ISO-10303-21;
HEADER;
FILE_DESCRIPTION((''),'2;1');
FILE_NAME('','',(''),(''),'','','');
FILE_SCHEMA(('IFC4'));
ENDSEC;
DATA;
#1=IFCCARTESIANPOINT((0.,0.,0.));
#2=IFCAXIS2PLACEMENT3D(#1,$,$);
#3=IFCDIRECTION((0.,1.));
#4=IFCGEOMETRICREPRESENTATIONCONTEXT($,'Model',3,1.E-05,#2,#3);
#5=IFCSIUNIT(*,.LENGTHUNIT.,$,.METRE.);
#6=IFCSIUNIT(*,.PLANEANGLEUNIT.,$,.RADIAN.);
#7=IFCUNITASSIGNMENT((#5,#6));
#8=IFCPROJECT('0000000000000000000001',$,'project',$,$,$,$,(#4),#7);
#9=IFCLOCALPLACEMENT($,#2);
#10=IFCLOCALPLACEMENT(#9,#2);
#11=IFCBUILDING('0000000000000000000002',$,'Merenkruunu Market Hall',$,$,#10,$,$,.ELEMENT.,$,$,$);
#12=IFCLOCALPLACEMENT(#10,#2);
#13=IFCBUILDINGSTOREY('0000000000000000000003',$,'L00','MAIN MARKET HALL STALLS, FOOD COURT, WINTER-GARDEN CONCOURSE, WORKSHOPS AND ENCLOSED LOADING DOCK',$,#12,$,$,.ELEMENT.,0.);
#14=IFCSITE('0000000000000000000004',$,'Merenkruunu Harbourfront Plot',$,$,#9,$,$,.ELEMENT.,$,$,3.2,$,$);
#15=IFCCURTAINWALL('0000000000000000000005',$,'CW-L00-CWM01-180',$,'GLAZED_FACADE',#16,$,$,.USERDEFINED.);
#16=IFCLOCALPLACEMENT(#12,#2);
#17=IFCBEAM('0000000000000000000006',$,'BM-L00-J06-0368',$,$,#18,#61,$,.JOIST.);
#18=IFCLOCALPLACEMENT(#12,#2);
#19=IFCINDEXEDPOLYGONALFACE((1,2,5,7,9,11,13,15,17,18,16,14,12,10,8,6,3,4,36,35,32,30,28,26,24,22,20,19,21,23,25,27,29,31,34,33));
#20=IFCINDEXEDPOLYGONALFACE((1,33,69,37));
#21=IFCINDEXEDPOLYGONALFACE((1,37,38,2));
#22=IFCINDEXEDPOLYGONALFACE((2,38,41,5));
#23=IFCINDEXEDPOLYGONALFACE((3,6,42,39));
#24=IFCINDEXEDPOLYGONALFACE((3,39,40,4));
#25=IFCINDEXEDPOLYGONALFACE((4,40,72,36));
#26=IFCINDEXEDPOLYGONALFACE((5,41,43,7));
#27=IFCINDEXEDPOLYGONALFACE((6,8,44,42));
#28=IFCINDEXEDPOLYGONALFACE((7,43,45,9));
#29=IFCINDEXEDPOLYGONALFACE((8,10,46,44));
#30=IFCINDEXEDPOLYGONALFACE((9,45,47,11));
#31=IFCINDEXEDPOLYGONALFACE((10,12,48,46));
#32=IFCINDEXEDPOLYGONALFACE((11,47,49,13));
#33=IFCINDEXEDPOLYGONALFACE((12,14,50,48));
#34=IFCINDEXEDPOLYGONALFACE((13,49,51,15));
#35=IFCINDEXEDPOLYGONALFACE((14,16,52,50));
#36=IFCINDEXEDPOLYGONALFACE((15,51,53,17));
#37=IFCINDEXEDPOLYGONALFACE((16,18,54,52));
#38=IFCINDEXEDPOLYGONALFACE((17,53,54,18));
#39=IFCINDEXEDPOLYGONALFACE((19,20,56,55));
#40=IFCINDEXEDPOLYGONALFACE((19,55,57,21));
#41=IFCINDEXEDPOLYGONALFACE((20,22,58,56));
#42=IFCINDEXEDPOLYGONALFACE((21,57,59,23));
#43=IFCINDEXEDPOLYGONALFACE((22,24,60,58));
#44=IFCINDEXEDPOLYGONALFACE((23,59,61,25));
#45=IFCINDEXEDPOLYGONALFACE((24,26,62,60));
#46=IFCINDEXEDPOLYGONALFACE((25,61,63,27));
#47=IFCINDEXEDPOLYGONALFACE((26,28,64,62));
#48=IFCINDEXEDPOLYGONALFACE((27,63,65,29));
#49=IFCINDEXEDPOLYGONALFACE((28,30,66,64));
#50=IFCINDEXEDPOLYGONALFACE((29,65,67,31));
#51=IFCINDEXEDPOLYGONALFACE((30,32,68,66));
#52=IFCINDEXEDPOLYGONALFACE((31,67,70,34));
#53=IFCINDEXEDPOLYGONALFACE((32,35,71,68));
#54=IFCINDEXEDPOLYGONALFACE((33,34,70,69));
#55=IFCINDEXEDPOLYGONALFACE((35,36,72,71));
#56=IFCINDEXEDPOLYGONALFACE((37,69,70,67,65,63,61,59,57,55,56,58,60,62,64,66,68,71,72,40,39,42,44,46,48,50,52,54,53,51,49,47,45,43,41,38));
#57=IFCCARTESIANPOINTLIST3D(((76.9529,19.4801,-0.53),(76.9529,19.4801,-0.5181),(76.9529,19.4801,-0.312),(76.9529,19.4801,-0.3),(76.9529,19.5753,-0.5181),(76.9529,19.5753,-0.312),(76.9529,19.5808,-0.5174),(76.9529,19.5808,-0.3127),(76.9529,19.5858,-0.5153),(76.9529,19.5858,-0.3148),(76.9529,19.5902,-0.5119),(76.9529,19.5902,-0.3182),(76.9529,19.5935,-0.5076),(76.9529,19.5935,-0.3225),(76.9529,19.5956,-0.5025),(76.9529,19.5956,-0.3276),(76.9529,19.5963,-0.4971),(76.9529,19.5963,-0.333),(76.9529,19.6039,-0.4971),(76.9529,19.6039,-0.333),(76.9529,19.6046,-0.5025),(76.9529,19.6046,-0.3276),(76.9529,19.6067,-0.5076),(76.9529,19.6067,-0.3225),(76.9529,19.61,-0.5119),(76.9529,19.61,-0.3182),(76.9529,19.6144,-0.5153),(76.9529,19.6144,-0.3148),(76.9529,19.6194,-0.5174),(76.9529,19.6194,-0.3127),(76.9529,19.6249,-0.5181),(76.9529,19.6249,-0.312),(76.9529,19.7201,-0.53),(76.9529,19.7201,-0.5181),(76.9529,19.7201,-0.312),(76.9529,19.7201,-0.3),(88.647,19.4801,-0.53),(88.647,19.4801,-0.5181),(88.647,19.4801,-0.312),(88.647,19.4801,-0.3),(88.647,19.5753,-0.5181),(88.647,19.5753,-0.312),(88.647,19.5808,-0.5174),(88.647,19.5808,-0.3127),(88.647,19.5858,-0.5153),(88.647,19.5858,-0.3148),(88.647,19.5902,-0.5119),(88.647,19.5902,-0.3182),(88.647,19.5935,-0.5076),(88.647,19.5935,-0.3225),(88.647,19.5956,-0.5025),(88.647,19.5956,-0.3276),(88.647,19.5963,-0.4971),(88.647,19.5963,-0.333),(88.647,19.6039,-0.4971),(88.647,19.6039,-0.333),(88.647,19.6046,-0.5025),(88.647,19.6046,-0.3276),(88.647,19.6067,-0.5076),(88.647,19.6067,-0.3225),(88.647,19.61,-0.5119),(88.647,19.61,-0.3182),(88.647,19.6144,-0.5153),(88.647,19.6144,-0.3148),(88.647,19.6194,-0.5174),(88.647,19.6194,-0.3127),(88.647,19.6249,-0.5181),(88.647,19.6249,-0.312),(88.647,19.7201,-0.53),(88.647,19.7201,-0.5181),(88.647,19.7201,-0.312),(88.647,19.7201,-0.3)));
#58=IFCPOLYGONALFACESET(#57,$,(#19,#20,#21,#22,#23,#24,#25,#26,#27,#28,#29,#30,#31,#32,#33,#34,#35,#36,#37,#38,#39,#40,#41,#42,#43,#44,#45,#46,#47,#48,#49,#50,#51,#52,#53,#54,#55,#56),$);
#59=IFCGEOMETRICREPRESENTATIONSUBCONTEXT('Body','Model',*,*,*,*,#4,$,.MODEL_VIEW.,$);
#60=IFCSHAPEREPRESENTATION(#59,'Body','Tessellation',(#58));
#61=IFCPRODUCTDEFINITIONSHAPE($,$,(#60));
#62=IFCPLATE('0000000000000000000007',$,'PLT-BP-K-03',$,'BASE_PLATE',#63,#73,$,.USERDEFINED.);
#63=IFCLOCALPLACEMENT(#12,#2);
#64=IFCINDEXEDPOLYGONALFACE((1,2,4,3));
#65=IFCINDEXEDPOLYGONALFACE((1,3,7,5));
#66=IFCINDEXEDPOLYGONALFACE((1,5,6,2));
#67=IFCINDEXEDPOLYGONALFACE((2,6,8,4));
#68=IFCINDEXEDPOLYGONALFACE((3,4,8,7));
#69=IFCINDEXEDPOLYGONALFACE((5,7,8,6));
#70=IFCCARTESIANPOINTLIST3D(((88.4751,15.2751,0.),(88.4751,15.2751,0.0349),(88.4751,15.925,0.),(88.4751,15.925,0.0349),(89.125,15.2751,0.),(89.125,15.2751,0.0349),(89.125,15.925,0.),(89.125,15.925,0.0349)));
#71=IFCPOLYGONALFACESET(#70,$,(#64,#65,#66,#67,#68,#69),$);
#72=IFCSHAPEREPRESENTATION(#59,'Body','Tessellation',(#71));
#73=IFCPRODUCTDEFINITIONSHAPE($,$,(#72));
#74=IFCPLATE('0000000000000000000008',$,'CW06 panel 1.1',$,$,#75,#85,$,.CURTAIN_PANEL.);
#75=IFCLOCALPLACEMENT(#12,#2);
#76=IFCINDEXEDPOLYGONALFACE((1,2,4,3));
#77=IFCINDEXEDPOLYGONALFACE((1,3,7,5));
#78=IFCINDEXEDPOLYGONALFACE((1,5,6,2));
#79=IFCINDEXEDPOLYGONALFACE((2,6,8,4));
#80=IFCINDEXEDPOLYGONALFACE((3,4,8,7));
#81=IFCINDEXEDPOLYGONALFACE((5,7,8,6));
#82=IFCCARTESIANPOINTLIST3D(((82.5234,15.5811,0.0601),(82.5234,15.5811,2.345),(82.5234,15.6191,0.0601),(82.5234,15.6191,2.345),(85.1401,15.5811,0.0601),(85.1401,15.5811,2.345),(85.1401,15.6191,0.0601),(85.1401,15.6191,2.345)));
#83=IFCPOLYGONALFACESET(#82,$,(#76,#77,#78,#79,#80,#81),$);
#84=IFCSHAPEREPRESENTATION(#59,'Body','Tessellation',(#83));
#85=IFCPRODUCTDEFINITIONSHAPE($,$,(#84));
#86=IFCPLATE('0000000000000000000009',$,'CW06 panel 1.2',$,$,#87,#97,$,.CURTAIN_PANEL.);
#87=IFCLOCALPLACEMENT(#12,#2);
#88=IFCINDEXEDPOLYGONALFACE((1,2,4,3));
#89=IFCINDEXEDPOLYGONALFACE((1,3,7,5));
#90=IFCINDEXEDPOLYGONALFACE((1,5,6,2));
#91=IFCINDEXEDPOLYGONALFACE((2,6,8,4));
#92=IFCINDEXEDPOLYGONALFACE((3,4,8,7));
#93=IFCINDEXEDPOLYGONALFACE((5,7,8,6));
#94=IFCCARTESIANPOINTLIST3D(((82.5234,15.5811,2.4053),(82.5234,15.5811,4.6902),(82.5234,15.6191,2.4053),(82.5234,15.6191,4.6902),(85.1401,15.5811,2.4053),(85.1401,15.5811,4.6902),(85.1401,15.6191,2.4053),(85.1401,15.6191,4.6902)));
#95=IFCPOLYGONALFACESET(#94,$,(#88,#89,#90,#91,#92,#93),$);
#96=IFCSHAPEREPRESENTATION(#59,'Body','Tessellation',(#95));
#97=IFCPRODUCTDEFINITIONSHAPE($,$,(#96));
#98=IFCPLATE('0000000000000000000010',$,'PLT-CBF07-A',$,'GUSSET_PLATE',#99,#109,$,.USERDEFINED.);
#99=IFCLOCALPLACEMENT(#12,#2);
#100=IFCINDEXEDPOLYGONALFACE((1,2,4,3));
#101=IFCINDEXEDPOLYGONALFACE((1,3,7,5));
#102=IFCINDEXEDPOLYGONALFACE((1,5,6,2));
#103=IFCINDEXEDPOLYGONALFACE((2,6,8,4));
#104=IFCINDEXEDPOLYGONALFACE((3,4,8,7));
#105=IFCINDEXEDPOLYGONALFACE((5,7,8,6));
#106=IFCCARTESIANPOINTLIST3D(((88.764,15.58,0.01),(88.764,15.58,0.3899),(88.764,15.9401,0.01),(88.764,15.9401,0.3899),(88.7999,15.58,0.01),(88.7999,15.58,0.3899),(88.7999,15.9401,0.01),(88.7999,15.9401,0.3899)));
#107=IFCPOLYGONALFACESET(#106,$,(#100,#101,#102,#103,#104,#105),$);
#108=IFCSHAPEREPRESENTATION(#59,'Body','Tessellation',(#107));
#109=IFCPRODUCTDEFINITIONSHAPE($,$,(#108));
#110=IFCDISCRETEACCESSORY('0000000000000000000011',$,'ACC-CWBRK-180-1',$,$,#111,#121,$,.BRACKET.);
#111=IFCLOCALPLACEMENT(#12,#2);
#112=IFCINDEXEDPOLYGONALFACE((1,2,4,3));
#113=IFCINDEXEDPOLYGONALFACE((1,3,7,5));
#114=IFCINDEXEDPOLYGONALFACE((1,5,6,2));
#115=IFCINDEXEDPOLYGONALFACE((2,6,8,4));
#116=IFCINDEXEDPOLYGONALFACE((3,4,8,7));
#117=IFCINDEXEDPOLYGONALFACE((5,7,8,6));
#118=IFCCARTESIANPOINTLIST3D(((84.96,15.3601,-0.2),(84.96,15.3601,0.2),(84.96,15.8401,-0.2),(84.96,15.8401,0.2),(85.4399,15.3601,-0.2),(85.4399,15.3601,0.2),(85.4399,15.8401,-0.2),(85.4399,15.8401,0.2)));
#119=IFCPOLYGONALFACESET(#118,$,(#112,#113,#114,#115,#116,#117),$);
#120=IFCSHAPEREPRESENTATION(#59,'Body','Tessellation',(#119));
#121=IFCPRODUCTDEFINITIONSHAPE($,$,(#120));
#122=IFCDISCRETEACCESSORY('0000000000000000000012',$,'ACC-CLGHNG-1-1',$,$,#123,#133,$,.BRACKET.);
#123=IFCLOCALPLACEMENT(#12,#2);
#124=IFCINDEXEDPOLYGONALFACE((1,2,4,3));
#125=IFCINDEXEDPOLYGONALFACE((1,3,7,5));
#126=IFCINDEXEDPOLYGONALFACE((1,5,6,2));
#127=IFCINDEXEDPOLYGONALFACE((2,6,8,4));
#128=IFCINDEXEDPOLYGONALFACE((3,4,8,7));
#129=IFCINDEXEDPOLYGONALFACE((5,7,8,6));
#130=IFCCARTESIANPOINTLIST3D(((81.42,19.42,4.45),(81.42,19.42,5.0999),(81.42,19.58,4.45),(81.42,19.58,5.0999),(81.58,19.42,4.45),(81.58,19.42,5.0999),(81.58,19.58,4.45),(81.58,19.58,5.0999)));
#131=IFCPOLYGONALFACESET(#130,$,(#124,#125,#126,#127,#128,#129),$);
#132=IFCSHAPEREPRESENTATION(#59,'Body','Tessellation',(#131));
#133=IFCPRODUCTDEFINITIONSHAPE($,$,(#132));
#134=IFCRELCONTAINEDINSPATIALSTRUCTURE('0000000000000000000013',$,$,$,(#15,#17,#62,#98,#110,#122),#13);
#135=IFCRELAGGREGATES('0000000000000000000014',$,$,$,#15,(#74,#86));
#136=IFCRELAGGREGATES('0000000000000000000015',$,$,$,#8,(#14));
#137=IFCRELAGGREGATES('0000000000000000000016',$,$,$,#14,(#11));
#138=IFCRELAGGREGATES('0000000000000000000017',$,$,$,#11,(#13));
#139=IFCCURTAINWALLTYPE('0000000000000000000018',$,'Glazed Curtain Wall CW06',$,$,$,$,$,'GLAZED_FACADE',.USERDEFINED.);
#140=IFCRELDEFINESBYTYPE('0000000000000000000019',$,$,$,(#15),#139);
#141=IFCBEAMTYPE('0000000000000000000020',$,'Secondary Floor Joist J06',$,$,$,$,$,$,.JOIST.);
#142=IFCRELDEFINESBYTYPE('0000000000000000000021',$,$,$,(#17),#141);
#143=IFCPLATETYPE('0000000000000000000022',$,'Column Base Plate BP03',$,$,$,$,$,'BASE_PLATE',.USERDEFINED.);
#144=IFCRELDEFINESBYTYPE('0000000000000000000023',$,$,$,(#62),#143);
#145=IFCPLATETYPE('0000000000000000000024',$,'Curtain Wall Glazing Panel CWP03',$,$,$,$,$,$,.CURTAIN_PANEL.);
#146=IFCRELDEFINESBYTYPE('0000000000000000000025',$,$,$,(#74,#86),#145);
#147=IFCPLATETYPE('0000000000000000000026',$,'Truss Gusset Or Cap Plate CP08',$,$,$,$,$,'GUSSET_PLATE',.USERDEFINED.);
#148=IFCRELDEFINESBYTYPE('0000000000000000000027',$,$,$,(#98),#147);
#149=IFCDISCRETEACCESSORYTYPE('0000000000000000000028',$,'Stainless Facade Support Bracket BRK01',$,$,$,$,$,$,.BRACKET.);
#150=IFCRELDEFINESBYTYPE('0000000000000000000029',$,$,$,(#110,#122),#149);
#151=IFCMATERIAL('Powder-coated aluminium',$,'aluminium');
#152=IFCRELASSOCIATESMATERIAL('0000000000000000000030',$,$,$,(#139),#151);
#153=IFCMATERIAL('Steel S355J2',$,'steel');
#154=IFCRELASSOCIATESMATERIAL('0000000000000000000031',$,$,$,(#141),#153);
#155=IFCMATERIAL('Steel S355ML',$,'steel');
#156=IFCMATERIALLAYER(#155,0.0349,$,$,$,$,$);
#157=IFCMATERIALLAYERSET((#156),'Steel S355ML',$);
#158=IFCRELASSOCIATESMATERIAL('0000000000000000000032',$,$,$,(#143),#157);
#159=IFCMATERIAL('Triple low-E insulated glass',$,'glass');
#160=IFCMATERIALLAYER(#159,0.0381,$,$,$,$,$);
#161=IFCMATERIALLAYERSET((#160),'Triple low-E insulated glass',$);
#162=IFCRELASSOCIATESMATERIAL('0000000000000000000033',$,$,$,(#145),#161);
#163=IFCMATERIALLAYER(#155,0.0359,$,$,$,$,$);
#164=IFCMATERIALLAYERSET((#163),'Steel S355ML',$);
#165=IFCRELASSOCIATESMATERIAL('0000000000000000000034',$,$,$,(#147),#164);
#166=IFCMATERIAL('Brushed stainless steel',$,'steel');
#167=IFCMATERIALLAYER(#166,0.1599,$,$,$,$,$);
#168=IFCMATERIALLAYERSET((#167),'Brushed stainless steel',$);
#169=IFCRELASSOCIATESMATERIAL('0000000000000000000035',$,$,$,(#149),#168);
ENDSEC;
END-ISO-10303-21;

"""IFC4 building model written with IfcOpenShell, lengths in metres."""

from ifc_helpers import new_model, si_unit, direction, frame, origin, origin_2d, place, context, subcontext, project, spatial, rectangle, i_section, extrude, material, layer, layer_set, material_profile, profile_set, type_object, element, aggregate, save


model = new_model("IFC4")

# Units and contexts
model_context = context("Model", 3, precision=1e-05, world=origin(), true_north=direction((0.0, 1.0)))
body_context = subcontext(model_context, "Body", "Model", "MODEL_VIEW")
ifc_project = project(units=[si_unit("LENGTHUNIT", "METRE"), si_unit("PLANEANGLEUNIT", "RADIAN")], contexts=[model_context])

# Site, building, storey
site_placement = place(None, origin())
site = spatial("IfcSite", under=ifc_project, at=site_placement, Name="Merenkruunu Harbourfront Plot", CompositionType="ELEMENT", RefElevation=3.2)
building_placement = place(site_placement, origin())
building = spatial("IfcBuilding", under=site, at=building_placement, Name="Merenkruunu Market Hall", CompositionType="ELEMENT")
storey_placement = place(building_placement, origin())
storey = spatial("IfcBuildingStorey", under=building, at=storey_placement, Name="L00", Description="MAIN MARKET HALL STALLS, FOOD COURT, WINTER-GARDEN CONCOURSE, WORKSHOPS AND ENCLOSED LOADING DOCK", CompositionType="ELEMENT", Elevation=0.0)

# Shared definitions
ifc_material_1 = material(Name="Steel S355J2", Category="steel")

# Curtain wall
ifc_material_2 = material(Name="Powder-coated aluminium", Category="aluminium")
curtain_wall_type = type_object("IfcCurtainWallType", Name="Glazed Curtain Wall CW06", ElementType="GLAZED_FACADE", PredefinedType="USERDEFINED", material=ifc_material_2)
curtain_wall_placement = place(storey_placement, origin())
curtain_wall = element("IfcCurtainWall", 1, at=curtain_wall_placement, inside=storey, type_object=curtain_wall_type, Name="CW-L00-CWM01-180", ObjectType="GLAZED_FACADE", PredefinedType="USERDEFINED")

# Shared definitions
ifc_material_3 = material(Name="Steel S355ML", Category="steel")

# Beam
ifc_material_profile_1 = material_profile(ifc_material_1, i_section(OverallWidth=0.24, OverallDepth=0.23, WebThickness=0.0076, FlangeThickness=0.012, FilletRadius=0.021, at=origin_2d()), Name="HEA 240")
ifc_profile_set_1 = profile_set([ifc_material_profile_1], Name="Steel S355J2")
beam_type_1 = type_object("IfcBeamType", Name="Secondary Floor Joist J06", PredefinedType="JOIST", material=ifc_profile_set_1)
beam_1_placement = place(storey_placement, frame((76.9529, 19.6001, -0.415), z_axis=(1.0, 0.0, 0.0), x_axis=(0.0, 1.0, 0.0)))
element("IfcBeam", 2, at=beam_1_placement, inside=storey, type_object=beam_type_1, Name="BM-L00-J06-0368", PredefinedType="JOIST", context=body_context, shape_type="SweptSolid", body=[
    extrude(i_section(OverallWidth=0.24, OverallDepth=0.23, WebThickness=0.0076, FlangeThickness=0.012, FilletRadius=0.021, at=origin_2d()), origin(), (0.0, 0.0, 1.0), 11.6941),
])

# Plates
ifc_layer_1 = layer(ifc_material_3, 0.0349)
ifc_layer_set_1 = layer_set([ifc_layer_1], Name="Steel S355ML")
plate_type_1 = type_object("IfcPlateType", Name="Column Base Plate BP03", ElementType="BASE_PLATE", PredefinedType="USERDEFINED", material=ifc_layer_set_1)
plate_1_placement = place(storey_placement, frame((88.8, 15.6001, 0.0), z_axis=(0.0, 0.0, 1.0), x_axis=(1.0, 0.0, 0.0)))
element("IfcPlate", 3, at=plate_1_placement, inside=storey, type_object=plate_type_1, Name="PLT-BP-K-03", ObjectType="BASE_PLATE", PredefinedType="USERDEFINED", context=body_context, shape_type="SweptSolid", body=[
    extrude(rectangle(XDim=0.6499, YDim=0.6499, at=origin_2d()), origin(), (0.0, 0.0, 1.0), 0.0349),
])
ifc_material_4 = material(Name="Triple low-E insulated glass", Category="glass")
ifc_layer_2 = layer(ifc_material_4, 0.0381)
ifc_layer_set_2 = layer_set([ifc_layer_2], Name="Triple low-E insulated glass")
plate_type_2 = type_object("IfcPlateType", Name="Curtain Wall Glazing Panel CWP03", PredefinedType="CURTAIN_PANEL", material=ifc_layer_set_2)
plate_2_placement = place(storey_placement, frame((83.8318, 15.6001, 0.0601), z_axis=(0.0, 0.0, 1.0), x_axis=(-1.0, 0.0, 0.0)))
plate_2 = element("IfcPlate", 4, at=plate_2_placement, type_object=plate_type_2, Name="CW06 panel 1.1", PredefinedType="CURTAIN_PANEL", context=body_context, shape_type="SweptSolid", body=[
    extrude(rectangle(XDim=2.6167, YDim=0.0381, at=origin_2d()), origin(), (0.0, 0.0, 1.0), 2.2849),
])
plate_3_placement = place(storey_placement, frame((83.8318, 15.6001, 2.4053), z_axis=(0.0, 0.0, 1.0), x_axis=(-1.0, 0.0, 0.0)))
plate_3 = element("IfcPlate", 5, at=plate_3_placement, type_object=plate_type_2, Name="CW06 panel 1.2", PredefinedType="CURTAIN_PANEL", context=body_context, shape_type="SweptSolid", body=[
    extrude(rectangle(XDim=2.6167, YDim=0.0381, at=origin_2d()), origin(), (0.0, 0.0, 1.0), 2.2849),
])
aggregate(curtain_wall, [plate_2, plate_3])
ifc_layer_3 = layer(ifc_material_3, 0.0359)
ifc_layer_set_3 = layer_set([ifc_layer_3], Name="Steel S355ML")
plate_type_3 = type_object("IfcPlateType", Name="Truss Gusset Or Cap Plate CP08", ElementType="GUSSET_PLATE", PredefinedType="USERDEFINED", material=ifc_layer_set_3)
plate_4_placement = place(storey_placement, frame((88.782, 15.76, 0.01), z_axis=(0.0, 0.0, 1.0), x_axis=(1.0, 0.0, 0.0)))
element("IfcPlate", 6, at=plate_4_placement, inside=storey, type_object=plate_type_3, Name="PLT-CBF07-A", ObjectType="GUSSET_PLATE", PredefinedType="USERDEFINED", context=body_context, shape_type="SweptSolid", body=[
    extrude(rectangle(XDim=0.0359, YDim=0.3601, at=origin_2d()), origin(), (0.0, 0.0, 1.0), 0.3799),
])

# Discrete accessories
ifc_material_5 = material(Name="Brushed stainless steel", Category="steel")
ifc_layer_4 = layer(ifc_material_5, 0.1599)
ifc_layer_set_4 = layer_set([ifc_layer_4], Name="Brushed stainless steel")
discrete_accessory_type = type_object("IfcDiscreteAccessoryType", Name="Stainless Facade Support Bracket BRK01", PredefinedType="BRACKET", material=ifc_layer_set_4)
discrete_accessory_1_placement = place(storey_placement, frame((85.2, 15.6001, -0.2), z_axis=(0.0, 0.0, 1.0), x_axis=(1.0, 0.0, 0.0)))
element("IfcDiscreteAccessory", 7, at=discrete_accessory_1_placement, inside=storey, type_object=discrete_accessory_type, Name="ACC-CWBRK-180-1", PredefinedType="BRACKET", context=body_context, shape_type="SweptSolid", body=[
    extrude(rectangle(XDim=0.48, YDim=0.48, at=origin_2d()), origin(), (0.0, 0.0, 1.0), 0.3999),
])
discrete_accessory_2_placement = place(storey_placement, frame((81.5, 19.5, 4.45), z_axis=(0.0, 0.0, 1.0), x_axis=(1.0, 0.0, 0.0)))
element("IfcDiscreteAccessory", 8, at=discrete_accessory_2_placement, inside=storey, type_object=discrete_accessory_type, Name="ACC-CLGHNG-1-1", PredefinedType="BRACKET", context=body_context, shape_type="SweptSolid", body=[
    extrude(rectangle(XDim=0.1599, YDim=0.1599, at=origin_2d()), origin(), (0.0, 0.0, 1.0), 0.6499),
])

save(model, "model.ifc")
